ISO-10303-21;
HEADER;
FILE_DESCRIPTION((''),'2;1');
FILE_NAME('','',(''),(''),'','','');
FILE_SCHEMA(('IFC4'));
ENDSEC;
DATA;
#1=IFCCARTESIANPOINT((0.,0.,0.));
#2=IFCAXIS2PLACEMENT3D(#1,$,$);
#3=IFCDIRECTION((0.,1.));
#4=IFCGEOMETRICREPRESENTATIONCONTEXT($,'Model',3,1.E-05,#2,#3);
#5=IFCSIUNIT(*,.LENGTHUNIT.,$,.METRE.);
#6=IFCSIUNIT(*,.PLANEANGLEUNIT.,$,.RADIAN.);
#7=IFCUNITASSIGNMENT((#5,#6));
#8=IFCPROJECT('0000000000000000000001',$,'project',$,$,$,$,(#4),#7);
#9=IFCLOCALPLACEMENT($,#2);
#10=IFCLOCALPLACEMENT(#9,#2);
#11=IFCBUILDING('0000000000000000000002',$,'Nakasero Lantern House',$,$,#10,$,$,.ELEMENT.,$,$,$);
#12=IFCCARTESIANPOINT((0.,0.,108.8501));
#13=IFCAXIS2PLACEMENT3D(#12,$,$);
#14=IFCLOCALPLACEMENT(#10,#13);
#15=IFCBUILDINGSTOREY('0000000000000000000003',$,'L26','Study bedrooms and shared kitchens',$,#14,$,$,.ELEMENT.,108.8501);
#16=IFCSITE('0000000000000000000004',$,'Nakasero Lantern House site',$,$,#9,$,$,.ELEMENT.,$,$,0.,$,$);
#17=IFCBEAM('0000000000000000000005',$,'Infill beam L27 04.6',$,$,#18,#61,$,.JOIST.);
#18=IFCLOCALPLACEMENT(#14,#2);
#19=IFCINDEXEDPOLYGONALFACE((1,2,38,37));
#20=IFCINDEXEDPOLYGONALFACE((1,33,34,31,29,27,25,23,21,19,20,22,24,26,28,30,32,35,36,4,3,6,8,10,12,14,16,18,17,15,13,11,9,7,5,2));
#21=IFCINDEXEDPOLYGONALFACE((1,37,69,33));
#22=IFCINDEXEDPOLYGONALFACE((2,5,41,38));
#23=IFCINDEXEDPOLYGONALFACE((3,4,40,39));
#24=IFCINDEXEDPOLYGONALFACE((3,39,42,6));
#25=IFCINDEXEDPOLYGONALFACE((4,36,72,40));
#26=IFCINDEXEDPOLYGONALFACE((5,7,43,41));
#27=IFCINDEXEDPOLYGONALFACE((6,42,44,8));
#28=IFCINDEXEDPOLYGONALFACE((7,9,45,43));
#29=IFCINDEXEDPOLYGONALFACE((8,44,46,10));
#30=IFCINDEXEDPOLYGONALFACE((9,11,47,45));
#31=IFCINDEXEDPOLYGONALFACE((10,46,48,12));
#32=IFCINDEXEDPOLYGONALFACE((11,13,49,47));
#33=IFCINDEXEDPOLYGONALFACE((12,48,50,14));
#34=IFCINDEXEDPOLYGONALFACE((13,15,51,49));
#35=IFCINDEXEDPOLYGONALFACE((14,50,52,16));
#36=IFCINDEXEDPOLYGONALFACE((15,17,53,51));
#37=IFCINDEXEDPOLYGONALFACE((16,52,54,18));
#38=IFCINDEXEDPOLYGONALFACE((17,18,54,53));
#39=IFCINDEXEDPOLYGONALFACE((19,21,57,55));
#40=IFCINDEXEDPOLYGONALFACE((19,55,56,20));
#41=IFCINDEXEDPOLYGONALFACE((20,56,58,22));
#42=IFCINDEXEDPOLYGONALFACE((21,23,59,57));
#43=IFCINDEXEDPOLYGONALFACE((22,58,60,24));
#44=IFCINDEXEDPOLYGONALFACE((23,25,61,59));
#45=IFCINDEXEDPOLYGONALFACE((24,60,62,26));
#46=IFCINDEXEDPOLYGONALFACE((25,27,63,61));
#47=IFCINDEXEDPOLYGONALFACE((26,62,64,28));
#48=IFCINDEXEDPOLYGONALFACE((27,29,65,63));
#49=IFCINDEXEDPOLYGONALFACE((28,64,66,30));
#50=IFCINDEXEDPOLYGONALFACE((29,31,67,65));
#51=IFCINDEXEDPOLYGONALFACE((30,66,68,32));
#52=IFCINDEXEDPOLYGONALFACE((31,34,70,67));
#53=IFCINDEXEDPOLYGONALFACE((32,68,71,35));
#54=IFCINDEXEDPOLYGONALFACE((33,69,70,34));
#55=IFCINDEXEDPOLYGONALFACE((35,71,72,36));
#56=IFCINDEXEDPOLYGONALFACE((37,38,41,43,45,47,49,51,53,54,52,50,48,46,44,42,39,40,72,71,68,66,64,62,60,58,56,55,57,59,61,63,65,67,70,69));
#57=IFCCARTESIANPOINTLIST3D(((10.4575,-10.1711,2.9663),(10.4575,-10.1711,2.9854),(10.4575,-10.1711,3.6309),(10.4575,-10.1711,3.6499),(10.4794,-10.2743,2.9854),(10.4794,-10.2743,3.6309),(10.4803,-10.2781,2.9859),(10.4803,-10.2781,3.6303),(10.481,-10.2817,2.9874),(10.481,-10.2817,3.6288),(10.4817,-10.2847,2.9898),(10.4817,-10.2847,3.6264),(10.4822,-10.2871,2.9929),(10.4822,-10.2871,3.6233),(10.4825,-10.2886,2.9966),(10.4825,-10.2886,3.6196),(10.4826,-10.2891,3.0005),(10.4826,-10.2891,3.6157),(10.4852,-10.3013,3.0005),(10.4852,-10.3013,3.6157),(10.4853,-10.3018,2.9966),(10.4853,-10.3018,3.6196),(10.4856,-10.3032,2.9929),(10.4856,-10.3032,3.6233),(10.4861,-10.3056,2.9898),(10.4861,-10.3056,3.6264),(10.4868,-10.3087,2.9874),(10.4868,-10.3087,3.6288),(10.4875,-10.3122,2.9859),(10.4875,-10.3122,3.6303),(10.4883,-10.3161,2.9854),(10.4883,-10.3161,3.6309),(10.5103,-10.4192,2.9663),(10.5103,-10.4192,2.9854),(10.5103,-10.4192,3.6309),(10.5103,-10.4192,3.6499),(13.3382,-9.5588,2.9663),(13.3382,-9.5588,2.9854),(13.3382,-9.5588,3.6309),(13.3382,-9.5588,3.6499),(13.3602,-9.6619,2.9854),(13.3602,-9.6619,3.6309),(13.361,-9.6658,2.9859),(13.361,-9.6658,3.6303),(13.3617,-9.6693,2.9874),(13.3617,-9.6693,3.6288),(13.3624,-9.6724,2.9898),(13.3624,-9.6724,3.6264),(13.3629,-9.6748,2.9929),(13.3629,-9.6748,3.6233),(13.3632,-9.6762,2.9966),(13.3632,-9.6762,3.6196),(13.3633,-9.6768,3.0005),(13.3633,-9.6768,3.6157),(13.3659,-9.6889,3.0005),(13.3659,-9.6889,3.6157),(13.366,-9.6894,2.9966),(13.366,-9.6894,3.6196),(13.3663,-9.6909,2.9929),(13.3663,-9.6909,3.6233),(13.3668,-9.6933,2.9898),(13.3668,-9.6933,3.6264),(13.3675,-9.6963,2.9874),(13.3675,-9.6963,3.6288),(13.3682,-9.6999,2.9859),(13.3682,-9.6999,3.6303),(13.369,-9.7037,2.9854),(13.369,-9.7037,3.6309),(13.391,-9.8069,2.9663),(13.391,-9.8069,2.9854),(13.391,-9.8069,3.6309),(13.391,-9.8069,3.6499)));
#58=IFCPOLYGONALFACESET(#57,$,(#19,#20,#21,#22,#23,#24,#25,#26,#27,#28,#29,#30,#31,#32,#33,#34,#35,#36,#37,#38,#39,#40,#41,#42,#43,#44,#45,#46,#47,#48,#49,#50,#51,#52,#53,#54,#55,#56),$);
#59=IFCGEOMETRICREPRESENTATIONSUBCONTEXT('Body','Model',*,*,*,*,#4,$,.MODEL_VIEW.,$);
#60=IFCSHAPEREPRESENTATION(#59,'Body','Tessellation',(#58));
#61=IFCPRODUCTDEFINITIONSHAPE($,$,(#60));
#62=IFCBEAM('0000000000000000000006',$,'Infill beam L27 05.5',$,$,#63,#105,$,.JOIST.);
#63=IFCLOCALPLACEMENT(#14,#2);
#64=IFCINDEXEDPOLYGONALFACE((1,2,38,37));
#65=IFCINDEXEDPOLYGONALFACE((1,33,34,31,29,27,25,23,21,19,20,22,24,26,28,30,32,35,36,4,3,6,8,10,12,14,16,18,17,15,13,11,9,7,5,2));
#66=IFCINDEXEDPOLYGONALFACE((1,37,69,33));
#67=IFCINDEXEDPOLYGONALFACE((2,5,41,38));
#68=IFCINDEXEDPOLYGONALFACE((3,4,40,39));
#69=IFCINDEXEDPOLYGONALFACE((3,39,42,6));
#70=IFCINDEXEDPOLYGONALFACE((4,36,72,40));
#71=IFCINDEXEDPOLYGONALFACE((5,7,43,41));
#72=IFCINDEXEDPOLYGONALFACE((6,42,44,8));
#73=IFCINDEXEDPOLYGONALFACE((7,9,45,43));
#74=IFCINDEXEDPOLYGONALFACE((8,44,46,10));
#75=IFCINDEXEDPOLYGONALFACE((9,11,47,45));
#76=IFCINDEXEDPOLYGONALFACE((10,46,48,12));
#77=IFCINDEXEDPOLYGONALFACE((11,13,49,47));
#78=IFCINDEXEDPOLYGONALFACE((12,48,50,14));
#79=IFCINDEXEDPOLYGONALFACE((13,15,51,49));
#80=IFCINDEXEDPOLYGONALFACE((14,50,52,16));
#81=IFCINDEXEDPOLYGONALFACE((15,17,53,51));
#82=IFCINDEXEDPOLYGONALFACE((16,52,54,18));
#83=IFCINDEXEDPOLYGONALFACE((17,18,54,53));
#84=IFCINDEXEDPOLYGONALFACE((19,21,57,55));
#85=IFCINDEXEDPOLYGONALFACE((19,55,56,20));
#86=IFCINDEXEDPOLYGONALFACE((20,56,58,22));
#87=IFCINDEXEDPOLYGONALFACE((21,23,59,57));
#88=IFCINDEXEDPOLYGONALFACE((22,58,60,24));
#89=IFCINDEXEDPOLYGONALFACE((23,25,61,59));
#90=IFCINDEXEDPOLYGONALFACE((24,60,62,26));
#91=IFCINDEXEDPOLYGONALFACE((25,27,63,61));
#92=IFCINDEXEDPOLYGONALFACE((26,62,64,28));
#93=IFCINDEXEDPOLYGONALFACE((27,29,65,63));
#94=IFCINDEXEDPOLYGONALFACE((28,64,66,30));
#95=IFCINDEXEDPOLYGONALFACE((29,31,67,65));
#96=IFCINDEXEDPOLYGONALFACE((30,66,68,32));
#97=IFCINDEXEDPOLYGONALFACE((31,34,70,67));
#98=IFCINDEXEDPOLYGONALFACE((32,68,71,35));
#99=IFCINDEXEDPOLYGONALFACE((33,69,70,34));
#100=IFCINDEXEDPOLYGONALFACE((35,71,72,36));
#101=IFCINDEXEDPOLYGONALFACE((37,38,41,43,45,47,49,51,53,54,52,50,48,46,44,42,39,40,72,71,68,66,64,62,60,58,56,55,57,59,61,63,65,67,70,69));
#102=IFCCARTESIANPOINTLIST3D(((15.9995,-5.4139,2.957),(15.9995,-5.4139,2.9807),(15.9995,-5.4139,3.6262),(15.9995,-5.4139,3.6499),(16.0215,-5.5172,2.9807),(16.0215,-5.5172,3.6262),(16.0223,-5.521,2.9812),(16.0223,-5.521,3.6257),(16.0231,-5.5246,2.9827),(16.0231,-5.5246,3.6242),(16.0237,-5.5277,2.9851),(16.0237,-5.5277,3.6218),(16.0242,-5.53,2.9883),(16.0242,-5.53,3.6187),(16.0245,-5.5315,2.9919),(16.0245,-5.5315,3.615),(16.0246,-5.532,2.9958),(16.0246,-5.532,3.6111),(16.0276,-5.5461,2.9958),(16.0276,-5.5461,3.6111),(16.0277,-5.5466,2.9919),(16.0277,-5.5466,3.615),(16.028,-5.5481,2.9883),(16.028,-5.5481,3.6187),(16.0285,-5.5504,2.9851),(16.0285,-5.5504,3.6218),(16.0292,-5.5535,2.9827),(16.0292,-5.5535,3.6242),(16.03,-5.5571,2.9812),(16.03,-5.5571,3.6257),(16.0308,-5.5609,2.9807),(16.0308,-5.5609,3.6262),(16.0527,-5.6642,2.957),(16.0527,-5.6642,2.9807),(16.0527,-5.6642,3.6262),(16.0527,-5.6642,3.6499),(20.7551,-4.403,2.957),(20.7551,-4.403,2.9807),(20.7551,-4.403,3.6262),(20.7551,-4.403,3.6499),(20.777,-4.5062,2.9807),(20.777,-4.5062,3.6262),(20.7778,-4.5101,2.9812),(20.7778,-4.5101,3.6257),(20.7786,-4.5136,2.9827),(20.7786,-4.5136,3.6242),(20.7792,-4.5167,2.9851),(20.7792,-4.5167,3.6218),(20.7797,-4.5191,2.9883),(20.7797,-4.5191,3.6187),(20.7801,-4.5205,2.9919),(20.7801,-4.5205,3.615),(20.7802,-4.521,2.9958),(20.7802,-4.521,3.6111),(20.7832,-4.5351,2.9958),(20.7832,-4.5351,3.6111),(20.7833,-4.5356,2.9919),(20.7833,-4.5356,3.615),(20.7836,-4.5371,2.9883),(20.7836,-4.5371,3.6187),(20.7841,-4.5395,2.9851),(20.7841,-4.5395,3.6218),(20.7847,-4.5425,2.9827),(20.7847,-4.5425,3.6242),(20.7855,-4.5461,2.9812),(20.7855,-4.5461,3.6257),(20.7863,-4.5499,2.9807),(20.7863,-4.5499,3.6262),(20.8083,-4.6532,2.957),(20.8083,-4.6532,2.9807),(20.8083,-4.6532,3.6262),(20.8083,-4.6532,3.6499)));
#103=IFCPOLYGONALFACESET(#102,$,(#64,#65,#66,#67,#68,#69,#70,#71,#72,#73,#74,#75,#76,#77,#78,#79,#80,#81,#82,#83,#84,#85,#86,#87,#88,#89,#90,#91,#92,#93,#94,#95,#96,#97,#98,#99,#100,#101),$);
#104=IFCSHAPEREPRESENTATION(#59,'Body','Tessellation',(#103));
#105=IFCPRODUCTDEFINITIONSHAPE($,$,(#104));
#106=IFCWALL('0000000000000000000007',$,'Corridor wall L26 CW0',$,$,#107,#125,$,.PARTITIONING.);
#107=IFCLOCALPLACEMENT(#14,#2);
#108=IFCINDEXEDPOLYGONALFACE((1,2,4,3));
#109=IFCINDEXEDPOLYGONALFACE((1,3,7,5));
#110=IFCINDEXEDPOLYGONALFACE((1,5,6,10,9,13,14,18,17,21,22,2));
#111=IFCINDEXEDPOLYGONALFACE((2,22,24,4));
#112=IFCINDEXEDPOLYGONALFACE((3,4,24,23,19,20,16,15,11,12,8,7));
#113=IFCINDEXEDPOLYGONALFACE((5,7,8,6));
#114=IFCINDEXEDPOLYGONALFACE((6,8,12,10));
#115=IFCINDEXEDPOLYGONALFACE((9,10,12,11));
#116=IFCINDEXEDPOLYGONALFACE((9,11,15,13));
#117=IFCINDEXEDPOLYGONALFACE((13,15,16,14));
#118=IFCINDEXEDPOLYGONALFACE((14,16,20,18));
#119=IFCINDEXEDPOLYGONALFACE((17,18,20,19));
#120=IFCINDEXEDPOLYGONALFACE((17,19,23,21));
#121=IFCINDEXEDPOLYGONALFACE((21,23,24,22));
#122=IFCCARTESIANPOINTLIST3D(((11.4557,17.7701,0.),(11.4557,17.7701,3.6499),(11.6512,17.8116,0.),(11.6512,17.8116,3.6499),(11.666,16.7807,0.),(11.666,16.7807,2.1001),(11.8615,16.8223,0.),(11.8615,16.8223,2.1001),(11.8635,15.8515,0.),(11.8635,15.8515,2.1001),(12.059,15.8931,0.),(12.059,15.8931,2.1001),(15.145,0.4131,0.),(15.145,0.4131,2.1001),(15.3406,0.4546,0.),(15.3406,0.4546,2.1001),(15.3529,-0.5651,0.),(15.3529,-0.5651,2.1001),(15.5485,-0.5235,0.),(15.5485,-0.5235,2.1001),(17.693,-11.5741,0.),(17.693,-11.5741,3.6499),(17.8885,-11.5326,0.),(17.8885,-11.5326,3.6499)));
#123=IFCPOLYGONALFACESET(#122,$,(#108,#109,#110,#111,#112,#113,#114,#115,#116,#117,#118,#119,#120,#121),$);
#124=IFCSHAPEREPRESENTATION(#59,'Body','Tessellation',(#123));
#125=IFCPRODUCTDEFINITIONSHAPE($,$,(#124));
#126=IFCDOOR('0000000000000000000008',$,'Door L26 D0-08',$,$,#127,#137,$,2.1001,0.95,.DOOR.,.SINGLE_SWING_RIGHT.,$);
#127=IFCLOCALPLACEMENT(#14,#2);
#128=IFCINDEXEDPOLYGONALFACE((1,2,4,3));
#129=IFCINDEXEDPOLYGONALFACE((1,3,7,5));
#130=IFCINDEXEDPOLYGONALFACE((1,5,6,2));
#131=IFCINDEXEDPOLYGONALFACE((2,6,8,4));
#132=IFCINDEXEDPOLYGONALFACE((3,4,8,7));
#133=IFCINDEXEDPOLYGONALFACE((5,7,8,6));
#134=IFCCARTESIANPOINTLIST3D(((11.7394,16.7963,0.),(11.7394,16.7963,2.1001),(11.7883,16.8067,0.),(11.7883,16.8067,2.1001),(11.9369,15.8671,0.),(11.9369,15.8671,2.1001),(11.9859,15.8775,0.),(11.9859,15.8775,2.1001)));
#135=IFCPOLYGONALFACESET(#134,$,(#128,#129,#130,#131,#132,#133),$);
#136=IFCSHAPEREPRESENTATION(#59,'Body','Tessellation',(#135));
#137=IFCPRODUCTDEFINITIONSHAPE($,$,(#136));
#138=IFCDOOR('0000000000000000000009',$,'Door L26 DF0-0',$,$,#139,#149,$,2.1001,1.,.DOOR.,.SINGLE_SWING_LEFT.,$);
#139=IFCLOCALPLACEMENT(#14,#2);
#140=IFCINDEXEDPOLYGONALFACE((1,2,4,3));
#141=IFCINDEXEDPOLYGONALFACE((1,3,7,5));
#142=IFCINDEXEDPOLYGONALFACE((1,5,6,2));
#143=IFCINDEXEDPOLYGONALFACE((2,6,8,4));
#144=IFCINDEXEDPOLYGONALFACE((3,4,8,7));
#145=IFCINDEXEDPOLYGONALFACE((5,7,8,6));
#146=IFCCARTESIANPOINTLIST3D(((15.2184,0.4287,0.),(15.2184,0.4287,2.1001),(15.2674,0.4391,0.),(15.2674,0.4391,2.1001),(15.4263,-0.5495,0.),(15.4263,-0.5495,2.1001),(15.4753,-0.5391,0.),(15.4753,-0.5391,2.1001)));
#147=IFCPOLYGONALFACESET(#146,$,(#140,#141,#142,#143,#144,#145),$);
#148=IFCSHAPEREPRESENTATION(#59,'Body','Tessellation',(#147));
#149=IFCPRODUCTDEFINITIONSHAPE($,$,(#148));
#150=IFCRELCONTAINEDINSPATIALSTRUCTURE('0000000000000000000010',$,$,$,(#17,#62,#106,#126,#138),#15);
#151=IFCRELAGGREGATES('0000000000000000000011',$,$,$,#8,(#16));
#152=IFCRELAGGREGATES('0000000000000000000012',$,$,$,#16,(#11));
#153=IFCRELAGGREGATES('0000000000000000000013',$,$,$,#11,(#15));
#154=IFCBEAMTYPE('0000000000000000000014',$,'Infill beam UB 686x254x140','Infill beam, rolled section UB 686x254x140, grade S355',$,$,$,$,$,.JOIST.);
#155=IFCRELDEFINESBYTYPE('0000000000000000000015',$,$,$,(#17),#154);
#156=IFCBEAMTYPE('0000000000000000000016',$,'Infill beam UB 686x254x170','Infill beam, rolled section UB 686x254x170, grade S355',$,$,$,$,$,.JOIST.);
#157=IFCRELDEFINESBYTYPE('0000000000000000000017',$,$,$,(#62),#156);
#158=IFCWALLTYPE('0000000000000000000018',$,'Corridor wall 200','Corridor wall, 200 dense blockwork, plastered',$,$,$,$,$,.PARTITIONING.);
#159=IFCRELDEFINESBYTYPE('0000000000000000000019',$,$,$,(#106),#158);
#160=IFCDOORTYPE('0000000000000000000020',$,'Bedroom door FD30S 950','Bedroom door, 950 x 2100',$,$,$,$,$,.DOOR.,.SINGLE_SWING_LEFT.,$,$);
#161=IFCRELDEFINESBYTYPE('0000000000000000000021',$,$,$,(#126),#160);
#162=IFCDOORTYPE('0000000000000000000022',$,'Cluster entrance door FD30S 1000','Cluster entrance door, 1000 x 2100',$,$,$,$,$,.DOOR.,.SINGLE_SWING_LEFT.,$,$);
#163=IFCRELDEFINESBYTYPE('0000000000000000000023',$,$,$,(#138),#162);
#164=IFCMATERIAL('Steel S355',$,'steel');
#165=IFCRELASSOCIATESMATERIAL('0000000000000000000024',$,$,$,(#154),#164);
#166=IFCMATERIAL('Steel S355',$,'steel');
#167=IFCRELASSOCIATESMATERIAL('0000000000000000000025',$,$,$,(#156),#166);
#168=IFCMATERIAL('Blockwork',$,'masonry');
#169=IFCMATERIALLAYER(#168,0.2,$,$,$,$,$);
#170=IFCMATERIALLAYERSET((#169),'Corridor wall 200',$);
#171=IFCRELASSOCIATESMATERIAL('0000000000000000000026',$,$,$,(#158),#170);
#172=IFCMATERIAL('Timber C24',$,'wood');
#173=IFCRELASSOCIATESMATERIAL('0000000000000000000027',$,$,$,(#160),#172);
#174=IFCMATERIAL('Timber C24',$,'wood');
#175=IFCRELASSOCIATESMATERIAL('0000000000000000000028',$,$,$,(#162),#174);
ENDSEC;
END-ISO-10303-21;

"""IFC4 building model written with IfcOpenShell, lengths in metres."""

from ifc_helpers import new_model, si_unit, direction, frame, frame_2d, origin, origin_2d, place, context, subcontext, project, spatial, rectangle, i_section, extrude, material, layer, layer_set, material_profile, profile_set, type_object, element, fill, save


model = new_model("IFC4")

# Units and contexts
model_context = context("Model", 3, precision=1e-05, world=origin(), true_north=direction((0.0, 1.0)))
body_context = subcontext(model_context, "Body", "Model", "MODEL_VIEW")
ifc_project = project(units=[si_unit("LENGTHUNIT", "METRE"), si_unit("PLANEANGLEUNIT", "RADIAN")], contexts=[model_context])

# Site, building, storey
site_placement = place(None, origin())
site = spatial("IfcSite", under=ifc_project, at=site_placement, Name="Nakasero Lantern House site", CompositionType="ELEMENT", RefElevation=0.0)
building_placement = place(site_placement, origin())
building = spatial("IfcBuilding", under=site, at=building_placement, Name="Nakasero Lantern House", CompositionType="ELEMENT")
storey_placement = place(building_placement, frame((0.0, 0.0, 108.8501)))
storey = spatial("IfcBuildingStorey", under=building, at=storey_placement, Name="L26", Description="Study bedrooms and shared kitchens", CompositionType="ELEMENT", Elevation=108.8501)

# Beams
ifc_material_1 = material(Name="Steel S355", Category="steel")
ifc_material_profile_1 = material_profile(ifc_material_1, i_section(OverallWidth=0.2537, OverallDepth=0.6836, WebThickness=0.0125, FlangeThickness=0.019, FilletRadius=0.0151, at=origin_2d()), Name="UB 686x254x140")
ifc_profile_set_1 = profile_set([ifc_material_profile_1], Name="Steel S355")
beam_type_1 = type_object("IfcBeamType", Name="Infill beam UB 686x254x140", Description="Infill beam, rolled section UB 686x254x140, grade S355", PredefinedType="JOIST", material=ifc_profile_set_1)
beam_1_placement = place(storey_placement, frame((10.4839, -10.2952, 3.3081), z_axis=(0.978147, 0.207915, 0.0), x_axis=(-0.207915, 0.978147, 0.0)))
element("IfcBeam", 1, at=beam_1_placement, inside=storey, type_object=beam_type_1, Name="Infill beam L27 04.6", PredefinedType="JOIST", context=body_context, shape_type="SweptSolid", body=[
    extrude(i_section(OverallWidth=0.2537, OverallDepth=0.6836, WebThickness=0.0125, FlangeThickness=0.019, FilletRadius=0.0151, at=origin_2d()), origin(), (0.0, 0.0, 1.0), 2.9451),
])
ifc_material_2 = material(Name="Steel S355", Category="steel")
ifc_material_profile_2 = material_profile(ifc_material_2, i_section(OverallWidth=0.2559, OverallDepth=0.6929, WebThickness=0.0144, FlangeThickness=0.0237, FilletRadius=0.0151, at=origin_2d()), Name="UB 686x254x170")
ifc_profile_set_2 = profile_set([ifc_material_profile_2], Name="Steel S355")
beam_type_2 = type_object("IfcBeamType", Name="Infill beam UB 686x254x170", Description="Infill beam, rolled section UB 686x254x170, grade S355", PredefinedType="JOIST", material=ifc_profile_set_2)
beam_2_placement = place(storey_placement, frame((16.0261, -5.5391, 3.3035), z_axis=(0.978141, 0.207941, 0.0), x_axis=(-0.207941, 0.978141, 0.0)))
element("IfcBeam", 2, at=beam_2_placement, inside=storey, type_object=beam_type_2, Name="Infill beam L27 05.5", PredefinedType="JOIST", context=body_context, shape_type="SweptSolid", body=[
    extrude(i_section(OverallWidth=0.2559, OverallDepth=0.6929, WebThickness=0.0144, FlangeThickness=0.0237, FilletRadius=0.0151, at=origin_2d()), origin(), (0.0, 0.0, 1.0), 4.8618),
])

# Wall, openings, doors
ifc_material_3 = material(Name="Blockwork", Category="masonry")
ifc_layer_1 = layer(ifc_material_3, 0.2)
ifc_layer_set_1 = layer_set([ifc_layer_1], Name="Corridor wall 200")
wall_type_1 = type_object("IfcWallType", Name="Corridor wall 200", Description="Corridor wall, 200 dense blockwork, plastered", PredefinedType="PARTITIONING", material=ifc_layer_set_1)
wall_1_placement = place(storey_placement, frame((17.7908, -11.5535, 0.0), z_axis=(0.0, 0.0, 1.0), x_axis=(-0.207912, 0.978148, 0.0)))
wall_1 = element("IfcWall", 3, at=wall_1_placement, inside=storey, type_object=wall_type_1, Name="Corridor wall L26 CW0", PredefinedType="PARTITIONING", context=body_context, shape_type="SweptSolid", body=[
    extrude(rectangle(XDim=29.9998, YDim=0.2, at=frame_2d((15.0, 0.0))), origin(), (0.0, 0.0, 1.0), 3.6499),
])
opening_1_placement = place(wall_1_placement, frame((11.2551, 0.0, 0.0)))
opening_1 = element("IfcOpeningElement", 4, at=opening_1_placement, cuts=wall_1, PredefinedType="OPENING", context=body_context, shape_type="SweptSolid", body=[
    extrude(rectangle(XDim=1.0, YDim=2.1001, at=frame_2d((0.5, 1.05))), frame((0.0, 0.1199, 0.0), z_axis=(0.0, -1.0, 0.0), x_axis=(1.0, 0.0, 0.0)), (0.0, 0.0, 1.0), 0.24),
])
opening_2_placement = place(wall_1_placement, frame((28.0383, 0.0, 0.0)))
opening_2 = element("IfcOpeningElement", 5, at=opening_2_placement, cuts=wall_1, PredefinedType="OPENING", context=body_context, shape_type="SweptSolid", body=[
    extrude(rectangle(XDim=0.95, YDim=2.1001, at=frame_2d((0.4751, 1.05))), frame((0.0, 0.1199, 0.0), z_axis=(0.0, -1.0, 0.0), x_axis=(1.0, 0.0, 0.0)), (0.0, 0.0, 1.0), 0.24),
])
ifc_material_4 = material(Name="Timber C24", Category="wood")
door_type_1 = type_object("IfcDoorType", Name="Bedroom door FD30S 950", Description="Bedroom door, 950 x 2100", OperationType="SINGLE_SWING_LEFT", PredefinedType="DOOR", material=ifc_material_4)
door_1_placement = place(opening_2_placement, origin())
door_1 = element("IfcDoor", 6, at=door_1_placement, inside=storey, type_object=door_type_1, Name="Door L26 D0-08", OperationType="SINGLE_SWING_RIGHT", OverallHeight=2.1001, OverallWidth=0.95, PredefinedType="DOOR", context=body_context, shape_type="SweptSolid", body=[
    extrude(rectangle(XDim=0.95, YDim=2.1001, at=frame_2d((0.4751, 1.05))), frame((0.0, 0.0249, 0.0), z_axis=(0.0, -1.0, 0.0), x_axis=(1.0, 0.0, 0.0)), (0.0, 0.0, 1.0), 0.05),
])
fill(opening_2, door_1)
ifc_material_5 = material(Name="Timber C24", Category="wood")
door_type_2 = type_object("IfcDoorType", Name="Cluster entrance door FD30S 1000", Description="Cluster entrance door, 1000 x 2100", OperationType="SINGLE_SWING_LEFT", PredefinedType="DOOR", material=ifc_material_5)
door_2_placement = place(opening_1_placement, origin())
door_2 = element("IfcDoor", 7, at=door_2_placement, inside=storey, type_object=door_type_2, Name="Door L26 DF0-0", OperationType="SINGLE_SWING_LEFT", OverallHeight=2.1001, OverallWidth=1.0, PredefinedType="DOOR", context=body_context, shape_type="SweptSolid", body=[
    extrude(rectangle(XDim=1.0, YDim=2.1001, at=frame_2d((0.5, 1.05))), frame((0.0, 0.0249, 0.0), z_axis=(0.0, -1.0, 0.0), x_axis=(1.0, 0.0, 0.0)), (0.0, 0.0, 1.0), 0.05),
])
fill(opening_1, door_2)

save(model, "model.ifc")
